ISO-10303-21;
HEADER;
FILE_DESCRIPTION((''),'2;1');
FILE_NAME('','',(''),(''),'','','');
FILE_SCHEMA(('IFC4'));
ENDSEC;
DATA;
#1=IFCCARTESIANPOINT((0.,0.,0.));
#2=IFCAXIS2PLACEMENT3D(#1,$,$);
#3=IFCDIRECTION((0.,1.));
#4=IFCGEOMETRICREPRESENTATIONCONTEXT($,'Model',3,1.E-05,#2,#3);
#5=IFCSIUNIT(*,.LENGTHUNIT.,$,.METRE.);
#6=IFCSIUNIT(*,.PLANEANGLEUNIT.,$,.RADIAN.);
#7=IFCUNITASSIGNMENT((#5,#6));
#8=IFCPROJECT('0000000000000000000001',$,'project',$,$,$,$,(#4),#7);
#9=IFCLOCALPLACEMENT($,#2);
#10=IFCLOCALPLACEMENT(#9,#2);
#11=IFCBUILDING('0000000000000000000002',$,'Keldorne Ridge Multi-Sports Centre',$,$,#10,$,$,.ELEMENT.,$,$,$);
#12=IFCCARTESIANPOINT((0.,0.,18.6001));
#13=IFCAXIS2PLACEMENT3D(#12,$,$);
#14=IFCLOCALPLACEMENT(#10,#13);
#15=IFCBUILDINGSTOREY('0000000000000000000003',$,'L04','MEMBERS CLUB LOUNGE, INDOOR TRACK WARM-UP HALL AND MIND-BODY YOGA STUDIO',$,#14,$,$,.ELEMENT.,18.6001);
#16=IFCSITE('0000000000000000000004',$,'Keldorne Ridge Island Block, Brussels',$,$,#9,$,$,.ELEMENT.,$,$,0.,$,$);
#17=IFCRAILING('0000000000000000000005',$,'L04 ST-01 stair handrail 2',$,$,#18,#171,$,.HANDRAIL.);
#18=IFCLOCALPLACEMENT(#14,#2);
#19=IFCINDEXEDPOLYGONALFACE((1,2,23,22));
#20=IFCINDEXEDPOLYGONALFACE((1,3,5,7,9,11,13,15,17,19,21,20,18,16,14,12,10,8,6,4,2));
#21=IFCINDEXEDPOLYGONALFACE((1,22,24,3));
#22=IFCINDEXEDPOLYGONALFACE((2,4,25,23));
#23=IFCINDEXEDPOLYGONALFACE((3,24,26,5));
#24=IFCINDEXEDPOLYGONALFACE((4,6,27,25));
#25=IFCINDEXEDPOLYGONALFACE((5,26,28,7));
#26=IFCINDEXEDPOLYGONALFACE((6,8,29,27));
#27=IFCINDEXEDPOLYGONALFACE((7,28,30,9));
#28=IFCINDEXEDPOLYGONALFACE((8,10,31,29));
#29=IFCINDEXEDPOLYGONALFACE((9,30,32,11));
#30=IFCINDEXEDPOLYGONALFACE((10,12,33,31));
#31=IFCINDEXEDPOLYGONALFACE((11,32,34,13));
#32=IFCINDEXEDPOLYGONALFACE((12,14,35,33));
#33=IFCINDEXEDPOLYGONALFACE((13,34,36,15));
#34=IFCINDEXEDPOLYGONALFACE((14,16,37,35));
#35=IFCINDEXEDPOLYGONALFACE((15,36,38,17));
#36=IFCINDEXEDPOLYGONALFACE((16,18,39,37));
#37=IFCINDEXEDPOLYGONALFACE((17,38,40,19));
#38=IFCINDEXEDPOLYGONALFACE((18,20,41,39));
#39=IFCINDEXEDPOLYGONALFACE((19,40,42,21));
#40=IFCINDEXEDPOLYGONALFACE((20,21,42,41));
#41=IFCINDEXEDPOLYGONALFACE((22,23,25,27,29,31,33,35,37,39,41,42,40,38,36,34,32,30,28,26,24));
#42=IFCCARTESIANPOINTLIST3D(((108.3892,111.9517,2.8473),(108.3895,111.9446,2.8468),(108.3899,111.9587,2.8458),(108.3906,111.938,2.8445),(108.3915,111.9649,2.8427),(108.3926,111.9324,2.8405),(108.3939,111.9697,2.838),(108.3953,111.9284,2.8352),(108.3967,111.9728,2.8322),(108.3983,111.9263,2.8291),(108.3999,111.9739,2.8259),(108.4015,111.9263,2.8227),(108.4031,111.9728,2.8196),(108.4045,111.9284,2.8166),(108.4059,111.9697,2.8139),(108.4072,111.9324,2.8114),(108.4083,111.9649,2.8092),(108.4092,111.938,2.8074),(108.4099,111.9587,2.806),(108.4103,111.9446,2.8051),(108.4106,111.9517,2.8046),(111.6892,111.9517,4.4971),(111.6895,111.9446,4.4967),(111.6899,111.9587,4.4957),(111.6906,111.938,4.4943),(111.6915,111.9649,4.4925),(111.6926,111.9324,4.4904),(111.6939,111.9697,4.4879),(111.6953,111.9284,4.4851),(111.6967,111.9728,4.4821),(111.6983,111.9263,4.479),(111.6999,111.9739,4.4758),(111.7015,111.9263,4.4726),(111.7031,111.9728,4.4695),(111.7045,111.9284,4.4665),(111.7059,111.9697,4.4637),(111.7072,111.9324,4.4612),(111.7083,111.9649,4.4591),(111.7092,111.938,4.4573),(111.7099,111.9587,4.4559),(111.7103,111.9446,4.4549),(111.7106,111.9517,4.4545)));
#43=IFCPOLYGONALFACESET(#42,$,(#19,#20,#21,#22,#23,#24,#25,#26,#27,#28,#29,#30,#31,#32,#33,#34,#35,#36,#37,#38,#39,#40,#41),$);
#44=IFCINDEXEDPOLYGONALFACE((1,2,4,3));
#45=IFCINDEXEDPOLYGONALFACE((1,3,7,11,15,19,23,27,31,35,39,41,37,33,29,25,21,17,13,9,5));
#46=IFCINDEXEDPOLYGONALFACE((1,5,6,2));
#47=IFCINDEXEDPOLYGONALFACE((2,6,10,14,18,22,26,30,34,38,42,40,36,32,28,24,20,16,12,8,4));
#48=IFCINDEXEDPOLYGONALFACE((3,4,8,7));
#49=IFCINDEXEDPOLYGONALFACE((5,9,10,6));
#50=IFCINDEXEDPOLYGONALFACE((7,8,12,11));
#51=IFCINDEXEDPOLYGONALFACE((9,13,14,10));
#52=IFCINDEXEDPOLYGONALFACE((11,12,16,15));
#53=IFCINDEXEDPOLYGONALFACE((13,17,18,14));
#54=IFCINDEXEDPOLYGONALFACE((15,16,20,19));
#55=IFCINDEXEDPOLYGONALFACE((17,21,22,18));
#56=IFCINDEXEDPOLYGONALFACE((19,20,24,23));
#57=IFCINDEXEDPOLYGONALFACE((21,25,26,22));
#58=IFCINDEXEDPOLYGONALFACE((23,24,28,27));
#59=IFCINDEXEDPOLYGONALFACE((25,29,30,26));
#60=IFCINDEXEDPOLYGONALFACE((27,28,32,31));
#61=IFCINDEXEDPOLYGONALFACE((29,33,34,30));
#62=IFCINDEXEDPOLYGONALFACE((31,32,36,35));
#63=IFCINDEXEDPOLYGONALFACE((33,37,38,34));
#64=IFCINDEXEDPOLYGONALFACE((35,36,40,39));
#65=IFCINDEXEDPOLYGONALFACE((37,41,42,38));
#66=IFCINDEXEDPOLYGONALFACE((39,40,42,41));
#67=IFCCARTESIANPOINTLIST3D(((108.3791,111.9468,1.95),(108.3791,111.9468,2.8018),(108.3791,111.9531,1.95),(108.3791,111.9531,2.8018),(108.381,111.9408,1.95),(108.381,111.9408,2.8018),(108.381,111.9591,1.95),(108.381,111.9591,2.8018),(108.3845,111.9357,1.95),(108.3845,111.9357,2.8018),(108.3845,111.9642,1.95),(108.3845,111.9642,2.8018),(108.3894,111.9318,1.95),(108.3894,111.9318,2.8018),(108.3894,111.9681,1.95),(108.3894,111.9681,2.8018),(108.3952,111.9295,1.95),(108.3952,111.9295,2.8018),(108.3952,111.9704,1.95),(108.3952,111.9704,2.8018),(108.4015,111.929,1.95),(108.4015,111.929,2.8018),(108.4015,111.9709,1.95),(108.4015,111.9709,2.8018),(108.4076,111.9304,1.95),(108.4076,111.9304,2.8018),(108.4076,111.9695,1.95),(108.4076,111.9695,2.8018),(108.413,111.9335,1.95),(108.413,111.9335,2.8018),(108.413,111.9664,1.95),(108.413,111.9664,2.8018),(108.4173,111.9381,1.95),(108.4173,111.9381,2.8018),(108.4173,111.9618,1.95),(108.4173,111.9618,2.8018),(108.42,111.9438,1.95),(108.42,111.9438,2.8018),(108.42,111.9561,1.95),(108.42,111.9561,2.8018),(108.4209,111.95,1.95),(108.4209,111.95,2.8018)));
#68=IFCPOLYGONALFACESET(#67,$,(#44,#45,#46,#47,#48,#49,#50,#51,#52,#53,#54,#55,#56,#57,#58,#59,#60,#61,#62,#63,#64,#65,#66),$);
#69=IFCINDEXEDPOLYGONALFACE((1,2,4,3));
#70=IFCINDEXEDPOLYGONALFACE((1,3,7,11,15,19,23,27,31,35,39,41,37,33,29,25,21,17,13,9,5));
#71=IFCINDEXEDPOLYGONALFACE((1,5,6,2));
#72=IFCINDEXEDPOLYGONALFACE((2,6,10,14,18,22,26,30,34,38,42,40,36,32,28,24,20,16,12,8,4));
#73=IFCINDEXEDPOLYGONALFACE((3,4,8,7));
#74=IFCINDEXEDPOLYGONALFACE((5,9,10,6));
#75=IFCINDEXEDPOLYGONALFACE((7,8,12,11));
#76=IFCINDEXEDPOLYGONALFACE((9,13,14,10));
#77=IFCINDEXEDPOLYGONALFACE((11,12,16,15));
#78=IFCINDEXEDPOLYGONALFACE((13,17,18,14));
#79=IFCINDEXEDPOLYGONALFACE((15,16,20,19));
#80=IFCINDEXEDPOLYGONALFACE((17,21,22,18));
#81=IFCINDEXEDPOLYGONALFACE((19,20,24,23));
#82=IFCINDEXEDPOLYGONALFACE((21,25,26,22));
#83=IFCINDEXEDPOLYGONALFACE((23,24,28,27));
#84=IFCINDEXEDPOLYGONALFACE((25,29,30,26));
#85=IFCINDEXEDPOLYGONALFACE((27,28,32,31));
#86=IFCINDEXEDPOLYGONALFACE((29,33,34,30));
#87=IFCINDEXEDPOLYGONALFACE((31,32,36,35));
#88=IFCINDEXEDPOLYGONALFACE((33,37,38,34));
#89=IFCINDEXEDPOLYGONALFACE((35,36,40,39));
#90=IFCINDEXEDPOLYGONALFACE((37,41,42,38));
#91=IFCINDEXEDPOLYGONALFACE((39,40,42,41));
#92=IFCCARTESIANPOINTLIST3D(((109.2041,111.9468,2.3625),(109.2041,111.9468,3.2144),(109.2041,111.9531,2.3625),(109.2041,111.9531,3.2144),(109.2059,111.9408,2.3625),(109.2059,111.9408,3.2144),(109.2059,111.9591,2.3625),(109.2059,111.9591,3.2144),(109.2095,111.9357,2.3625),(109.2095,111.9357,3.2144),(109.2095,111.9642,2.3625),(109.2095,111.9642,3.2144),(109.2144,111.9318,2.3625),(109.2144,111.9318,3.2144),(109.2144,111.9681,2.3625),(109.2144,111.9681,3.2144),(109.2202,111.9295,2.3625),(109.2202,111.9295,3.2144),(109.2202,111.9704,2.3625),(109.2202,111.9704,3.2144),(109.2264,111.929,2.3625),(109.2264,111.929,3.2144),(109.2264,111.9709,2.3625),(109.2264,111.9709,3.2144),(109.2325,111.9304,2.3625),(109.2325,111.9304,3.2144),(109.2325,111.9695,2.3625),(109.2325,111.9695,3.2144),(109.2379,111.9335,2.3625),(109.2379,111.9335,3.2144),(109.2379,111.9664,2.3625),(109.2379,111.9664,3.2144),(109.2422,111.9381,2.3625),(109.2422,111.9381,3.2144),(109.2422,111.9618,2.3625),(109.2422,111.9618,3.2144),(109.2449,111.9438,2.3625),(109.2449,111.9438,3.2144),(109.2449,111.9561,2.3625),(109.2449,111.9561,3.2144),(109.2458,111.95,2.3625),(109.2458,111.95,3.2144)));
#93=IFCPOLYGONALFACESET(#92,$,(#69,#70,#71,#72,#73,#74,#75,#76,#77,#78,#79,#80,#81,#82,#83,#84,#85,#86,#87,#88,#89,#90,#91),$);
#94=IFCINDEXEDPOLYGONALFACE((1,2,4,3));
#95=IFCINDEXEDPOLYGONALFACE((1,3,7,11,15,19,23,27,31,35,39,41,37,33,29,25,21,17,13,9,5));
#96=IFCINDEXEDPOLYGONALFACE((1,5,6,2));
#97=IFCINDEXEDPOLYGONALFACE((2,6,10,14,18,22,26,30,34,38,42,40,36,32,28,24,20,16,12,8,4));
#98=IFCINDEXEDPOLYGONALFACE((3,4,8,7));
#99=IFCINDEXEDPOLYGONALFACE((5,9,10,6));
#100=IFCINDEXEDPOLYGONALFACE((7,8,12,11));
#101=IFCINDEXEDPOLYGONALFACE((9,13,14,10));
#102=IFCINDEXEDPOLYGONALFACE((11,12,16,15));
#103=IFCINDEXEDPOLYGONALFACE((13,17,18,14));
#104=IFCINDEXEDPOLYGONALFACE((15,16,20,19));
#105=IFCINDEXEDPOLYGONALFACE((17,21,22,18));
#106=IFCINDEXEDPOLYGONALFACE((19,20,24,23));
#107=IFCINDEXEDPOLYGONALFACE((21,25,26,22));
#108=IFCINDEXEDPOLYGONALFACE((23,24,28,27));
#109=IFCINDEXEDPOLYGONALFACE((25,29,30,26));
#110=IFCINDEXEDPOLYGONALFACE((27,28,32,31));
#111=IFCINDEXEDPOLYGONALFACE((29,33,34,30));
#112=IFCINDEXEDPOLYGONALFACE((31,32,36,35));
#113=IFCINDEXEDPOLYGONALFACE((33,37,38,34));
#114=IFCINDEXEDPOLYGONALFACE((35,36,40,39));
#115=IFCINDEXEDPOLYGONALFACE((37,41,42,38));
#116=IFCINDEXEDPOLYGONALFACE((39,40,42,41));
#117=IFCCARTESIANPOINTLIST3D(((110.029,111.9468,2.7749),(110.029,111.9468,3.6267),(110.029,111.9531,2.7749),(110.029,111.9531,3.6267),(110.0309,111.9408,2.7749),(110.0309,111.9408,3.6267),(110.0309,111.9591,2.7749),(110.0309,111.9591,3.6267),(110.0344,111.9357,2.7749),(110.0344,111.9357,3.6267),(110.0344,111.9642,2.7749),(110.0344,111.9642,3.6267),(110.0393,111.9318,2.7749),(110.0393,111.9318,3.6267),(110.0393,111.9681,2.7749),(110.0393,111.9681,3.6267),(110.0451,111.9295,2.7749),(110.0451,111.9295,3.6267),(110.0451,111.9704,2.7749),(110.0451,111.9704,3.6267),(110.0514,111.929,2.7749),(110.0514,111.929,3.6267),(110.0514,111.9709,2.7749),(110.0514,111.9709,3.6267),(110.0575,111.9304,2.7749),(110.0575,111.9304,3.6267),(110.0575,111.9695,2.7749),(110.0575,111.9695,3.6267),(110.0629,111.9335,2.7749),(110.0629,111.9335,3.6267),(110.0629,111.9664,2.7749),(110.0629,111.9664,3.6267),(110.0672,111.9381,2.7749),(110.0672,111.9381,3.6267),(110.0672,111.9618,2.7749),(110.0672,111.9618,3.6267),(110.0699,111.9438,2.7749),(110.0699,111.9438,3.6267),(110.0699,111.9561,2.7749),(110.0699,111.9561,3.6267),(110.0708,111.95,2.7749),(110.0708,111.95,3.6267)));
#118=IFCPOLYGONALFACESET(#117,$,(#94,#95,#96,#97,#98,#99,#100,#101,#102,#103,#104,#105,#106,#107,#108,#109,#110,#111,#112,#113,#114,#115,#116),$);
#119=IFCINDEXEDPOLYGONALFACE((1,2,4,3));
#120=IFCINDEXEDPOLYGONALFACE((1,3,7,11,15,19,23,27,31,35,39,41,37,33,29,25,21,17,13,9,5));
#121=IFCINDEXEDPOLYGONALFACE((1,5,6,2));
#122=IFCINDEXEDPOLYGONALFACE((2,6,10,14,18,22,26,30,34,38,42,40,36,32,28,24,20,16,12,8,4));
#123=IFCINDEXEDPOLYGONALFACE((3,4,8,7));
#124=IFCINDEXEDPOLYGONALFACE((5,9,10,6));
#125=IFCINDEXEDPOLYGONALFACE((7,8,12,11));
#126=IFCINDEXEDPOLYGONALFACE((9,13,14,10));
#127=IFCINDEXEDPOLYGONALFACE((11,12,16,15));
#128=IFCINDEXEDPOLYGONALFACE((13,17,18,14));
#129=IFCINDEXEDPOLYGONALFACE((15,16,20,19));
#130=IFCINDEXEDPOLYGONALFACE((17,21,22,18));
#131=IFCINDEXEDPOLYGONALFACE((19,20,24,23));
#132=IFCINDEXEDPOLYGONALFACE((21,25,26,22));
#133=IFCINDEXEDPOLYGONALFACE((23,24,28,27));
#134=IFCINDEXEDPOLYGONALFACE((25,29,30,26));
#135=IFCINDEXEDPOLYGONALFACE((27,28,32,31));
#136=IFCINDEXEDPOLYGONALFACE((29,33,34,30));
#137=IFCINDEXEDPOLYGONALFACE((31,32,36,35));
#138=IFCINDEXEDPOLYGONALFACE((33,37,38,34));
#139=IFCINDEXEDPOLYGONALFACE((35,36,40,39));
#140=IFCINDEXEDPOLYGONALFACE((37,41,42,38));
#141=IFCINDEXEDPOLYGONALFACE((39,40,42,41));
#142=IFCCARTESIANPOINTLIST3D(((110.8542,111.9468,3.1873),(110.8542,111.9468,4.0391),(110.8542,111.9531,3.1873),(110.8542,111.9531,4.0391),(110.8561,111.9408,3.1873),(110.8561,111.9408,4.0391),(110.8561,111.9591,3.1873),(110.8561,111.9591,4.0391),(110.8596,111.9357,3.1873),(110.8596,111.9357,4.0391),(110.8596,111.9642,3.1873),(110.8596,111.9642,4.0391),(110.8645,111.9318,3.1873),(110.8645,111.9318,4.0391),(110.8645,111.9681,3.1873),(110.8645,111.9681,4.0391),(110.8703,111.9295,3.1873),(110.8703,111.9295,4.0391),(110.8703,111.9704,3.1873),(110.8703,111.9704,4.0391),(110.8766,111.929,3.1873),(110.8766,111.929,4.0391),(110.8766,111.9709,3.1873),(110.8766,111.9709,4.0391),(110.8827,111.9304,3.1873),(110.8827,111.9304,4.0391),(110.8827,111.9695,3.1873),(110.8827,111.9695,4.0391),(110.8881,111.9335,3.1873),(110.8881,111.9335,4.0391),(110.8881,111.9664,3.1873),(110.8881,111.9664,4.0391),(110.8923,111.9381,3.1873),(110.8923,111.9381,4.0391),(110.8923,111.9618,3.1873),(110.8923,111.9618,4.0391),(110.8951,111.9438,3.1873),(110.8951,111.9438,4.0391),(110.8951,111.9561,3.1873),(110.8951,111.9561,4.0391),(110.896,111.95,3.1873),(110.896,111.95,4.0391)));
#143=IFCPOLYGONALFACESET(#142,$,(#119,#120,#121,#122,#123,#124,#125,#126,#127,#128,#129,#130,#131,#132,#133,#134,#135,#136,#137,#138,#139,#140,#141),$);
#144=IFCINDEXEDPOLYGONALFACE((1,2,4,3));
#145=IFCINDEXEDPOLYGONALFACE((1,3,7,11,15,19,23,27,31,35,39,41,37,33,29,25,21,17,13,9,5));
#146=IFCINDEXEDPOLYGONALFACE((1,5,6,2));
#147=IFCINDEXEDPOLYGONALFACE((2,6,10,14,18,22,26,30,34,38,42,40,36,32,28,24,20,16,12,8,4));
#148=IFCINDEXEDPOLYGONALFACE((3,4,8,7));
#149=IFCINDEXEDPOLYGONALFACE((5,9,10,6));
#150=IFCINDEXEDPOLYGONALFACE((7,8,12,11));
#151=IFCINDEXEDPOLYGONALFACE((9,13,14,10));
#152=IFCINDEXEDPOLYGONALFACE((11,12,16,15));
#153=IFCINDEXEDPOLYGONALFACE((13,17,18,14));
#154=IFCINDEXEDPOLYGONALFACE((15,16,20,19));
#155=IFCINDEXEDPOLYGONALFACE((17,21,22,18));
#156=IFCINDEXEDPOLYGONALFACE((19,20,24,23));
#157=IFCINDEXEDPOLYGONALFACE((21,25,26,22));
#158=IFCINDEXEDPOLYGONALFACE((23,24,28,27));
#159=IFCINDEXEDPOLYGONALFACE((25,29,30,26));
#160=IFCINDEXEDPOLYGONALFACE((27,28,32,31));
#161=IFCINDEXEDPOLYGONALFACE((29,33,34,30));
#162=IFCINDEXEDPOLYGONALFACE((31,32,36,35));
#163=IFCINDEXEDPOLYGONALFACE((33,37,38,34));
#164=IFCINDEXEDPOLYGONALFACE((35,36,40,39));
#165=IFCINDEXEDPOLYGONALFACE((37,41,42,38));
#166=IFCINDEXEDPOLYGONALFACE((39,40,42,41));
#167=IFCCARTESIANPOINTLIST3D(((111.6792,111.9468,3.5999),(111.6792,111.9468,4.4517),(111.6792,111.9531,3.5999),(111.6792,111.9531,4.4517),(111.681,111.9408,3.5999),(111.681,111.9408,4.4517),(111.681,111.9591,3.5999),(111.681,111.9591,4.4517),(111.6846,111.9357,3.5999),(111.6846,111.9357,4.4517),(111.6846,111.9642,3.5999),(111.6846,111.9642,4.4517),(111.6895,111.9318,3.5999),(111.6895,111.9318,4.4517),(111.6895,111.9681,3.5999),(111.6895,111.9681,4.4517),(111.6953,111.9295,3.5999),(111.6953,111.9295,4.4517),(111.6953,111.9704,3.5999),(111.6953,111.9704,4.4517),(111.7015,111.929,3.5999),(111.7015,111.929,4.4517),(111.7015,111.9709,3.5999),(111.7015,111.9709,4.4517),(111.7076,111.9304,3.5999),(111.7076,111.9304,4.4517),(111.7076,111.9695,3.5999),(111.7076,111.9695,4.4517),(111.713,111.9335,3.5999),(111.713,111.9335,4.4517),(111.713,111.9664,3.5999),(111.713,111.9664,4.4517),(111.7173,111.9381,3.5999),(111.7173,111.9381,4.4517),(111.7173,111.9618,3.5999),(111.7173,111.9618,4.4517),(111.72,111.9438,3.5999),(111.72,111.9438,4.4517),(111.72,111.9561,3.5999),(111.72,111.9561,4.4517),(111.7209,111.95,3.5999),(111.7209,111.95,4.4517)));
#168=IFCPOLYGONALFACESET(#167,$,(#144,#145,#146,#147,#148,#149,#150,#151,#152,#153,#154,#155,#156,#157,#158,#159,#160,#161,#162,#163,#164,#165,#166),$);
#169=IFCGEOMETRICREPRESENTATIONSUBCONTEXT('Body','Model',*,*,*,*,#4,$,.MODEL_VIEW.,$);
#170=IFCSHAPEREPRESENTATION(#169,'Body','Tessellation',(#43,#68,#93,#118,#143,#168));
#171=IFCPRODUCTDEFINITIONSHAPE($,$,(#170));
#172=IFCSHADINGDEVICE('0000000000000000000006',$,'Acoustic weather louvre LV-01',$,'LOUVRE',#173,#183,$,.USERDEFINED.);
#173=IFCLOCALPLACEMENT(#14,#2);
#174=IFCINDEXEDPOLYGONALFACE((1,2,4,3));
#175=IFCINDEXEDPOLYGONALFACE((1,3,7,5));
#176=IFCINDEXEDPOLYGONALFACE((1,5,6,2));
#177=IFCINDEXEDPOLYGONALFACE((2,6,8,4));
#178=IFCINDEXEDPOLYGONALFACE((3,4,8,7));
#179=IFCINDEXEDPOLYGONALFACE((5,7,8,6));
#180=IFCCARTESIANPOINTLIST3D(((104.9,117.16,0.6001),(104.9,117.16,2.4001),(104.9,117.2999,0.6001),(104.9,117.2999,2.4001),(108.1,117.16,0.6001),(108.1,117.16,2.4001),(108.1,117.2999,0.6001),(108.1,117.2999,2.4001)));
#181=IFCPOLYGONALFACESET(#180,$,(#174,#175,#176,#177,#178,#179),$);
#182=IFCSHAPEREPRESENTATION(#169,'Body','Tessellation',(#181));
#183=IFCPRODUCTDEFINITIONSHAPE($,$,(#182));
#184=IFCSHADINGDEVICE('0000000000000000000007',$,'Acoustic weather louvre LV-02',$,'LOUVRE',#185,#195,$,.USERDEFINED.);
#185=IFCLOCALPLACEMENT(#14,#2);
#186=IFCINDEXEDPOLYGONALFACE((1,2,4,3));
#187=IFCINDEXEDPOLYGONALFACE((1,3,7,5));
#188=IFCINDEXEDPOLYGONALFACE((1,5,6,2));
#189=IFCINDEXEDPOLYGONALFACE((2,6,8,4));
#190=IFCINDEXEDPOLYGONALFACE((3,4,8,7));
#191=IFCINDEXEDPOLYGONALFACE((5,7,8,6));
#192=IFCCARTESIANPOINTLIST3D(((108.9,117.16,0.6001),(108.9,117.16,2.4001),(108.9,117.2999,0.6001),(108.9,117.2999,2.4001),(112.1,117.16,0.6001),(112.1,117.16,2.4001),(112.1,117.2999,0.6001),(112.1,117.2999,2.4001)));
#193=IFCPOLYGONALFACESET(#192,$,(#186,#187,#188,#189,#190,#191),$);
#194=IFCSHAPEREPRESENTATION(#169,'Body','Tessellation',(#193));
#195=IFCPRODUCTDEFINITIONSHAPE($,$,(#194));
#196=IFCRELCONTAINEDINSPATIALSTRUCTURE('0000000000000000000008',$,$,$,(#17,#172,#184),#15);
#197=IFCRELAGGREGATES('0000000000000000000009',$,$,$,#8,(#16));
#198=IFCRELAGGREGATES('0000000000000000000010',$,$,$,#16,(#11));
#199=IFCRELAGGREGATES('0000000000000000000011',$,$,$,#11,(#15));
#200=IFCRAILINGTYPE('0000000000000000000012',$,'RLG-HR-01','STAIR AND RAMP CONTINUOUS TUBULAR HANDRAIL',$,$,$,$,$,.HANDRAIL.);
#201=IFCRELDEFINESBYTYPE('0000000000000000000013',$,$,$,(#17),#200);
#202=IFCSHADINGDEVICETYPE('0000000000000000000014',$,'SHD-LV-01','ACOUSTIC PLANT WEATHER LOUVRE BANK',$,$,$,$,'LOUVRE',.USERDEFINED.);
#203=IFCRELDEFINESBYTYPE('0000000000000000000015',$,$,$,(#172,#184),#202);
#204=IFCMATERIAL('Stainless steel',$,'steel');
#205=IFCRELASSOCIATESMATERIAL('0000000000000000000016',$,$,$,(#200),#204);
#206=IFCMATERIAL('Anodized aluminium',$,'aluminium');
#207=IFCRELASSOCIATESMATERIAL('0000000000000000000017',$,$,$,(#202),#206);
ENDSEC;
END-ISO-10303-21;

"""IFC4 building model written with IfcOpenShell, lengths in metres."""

from ifc_helpers import new_model, si_unit, direction, frame, origin, origin_2d, place, context, subcontext, project, spatial, rectangle, circle, extrude, material, type_object, element, save


model = new_model("IFC4")

# Units and contexts
model_context = context("Model", 3, precision=1e-05, world=origin(), true_north=direction((0.0, 1.0)))
body_context = subcontext(model_context, "Body", "Model", "MODEL_VIEW")
ifc_project = project(units=[si_unit("LENGTHUNIT", "METRE"), si_unit("PLANEANGLEUNIT", "RADIAN")], contexts=[model_context])

# Site, building, storey
site_placement = place(None, origin())
site = spatial("IfcSite", under=ifc_project, at=site_placement, Name="Keldorne Ridge Island Block, Brussels", CompositionType="ELEMENT", RefElevation=0.0)
building_placement = place(site_placement, origin())
building = spatial("IfcBuilding", under=site, at=building_placement, Name="Keldorne Ridge Multi-Sports Centre", CompositionType="ELEMENT")
storey_placement = place(building_placement, frame((0.0, 0.0, 18.6001)))
storey = spatial("IfcBuildingStorey", under=building, at=storey_placement, Name="L04", Description="MEMBERS CLUB LOUNGE, INDOOR TRACK WARM-UP HALL AND MIND-BODY YOGA STUDIO", CompositionType="ELEMENT", Elevation=18.6001)

# Shared definitions
ifc_material_1 = material(Name="Stainless steel", Category="steel")

# Railing
railing_type_1 = type_object("IfcRailingType", Name="RLG-HR-01", Description="STAIR AND RAMP CONTINUOUS TUBULAR HANDRAIL", PredefinedType="HANDRAIL", material=ifc_material_1)
railing_1_placement = place(storey_placement, frame((108.3999, 111.95, 1.95)))
element("IfcRailing", 1, at=railing_1_placement, inside=storey, type_object=railing_type_1, Name="L04 ST-01 stair handrail 2", PredefinedType="HANDRAIL", context=body_context, shape_type="SweptSolid", body=[
    extrude(circle(Radius=0.0239, at=origin_2d()), frame((0.0, 0.0, 0.876), z_axis=(0.89444, 0.0, 0.447187), x_axis=(0.0, 1.0, 0.0)), (0.0, 0.0, 1.0), 3.6895),
    extrude(circle(Radius=0.021, at=origin_2d()), origin(), (0.0, 0.0, 1.0), 0.8518),
    extrude(circle(Radius=0.021, at=origin_2d()), frame((0.825, 0.0, 0.4126)), (0.0, 0.0, 1.0), 0.8518),
    extrude(circle(Radius=0.021, at=origin_2d()), frame((1.6499, 0.0, 0.825)), (0.0, 0.0, 1.0), 0.8518),
    extrude(circle(Radius=0.021, at=origin_2d()), frame((2.4751, 0.0, 1.2373)), (0.0, 0.0, 1.0), 0.8518),
    extrude(circle(Radius=0.021, at=origin_2d()), frame((3.3, 0.0, 1.6499)), (0.0, 0.0, 1.0), 0.8518),
])

# Shading devices
ifc_material_2 = material(Name="Anodized aluminium", Category="aluminium")
shading_device_type = type_object("IfcShadingDeviceType", Name="SHD-LV-01", Description="ACOUSTIC PLANT WEATHER LOUVRE BANK", ElementType="LOUVRE", PredefinedType="USERDEFINED", material=ifc_material_2)
for number, where, z_axis, x_axis, name in (
    (2, (106.5, 117.23, 0.6001), (0.0, 0.0, 1.0), (1.0, 0.0, 0.0), "Acoustic weather louvre LV-01"),
    (3, (110.5, 117.23, 0.6001), (0.0, 0.0, 1.0), (1.0, 0.0, 0.0), "Acoustic weather louvre LV-02"),
):
    element("IfcShadingDevice", number, at=place(storey_placement, frame(where, z_axis=z_axis, x_axis=x_axis)), inside=storey, type_object=shading_device_type, Name=name, ObjectType="LOUVRE", PredefinedType="USERDEFINED", context=body_context, shape_type="SweptSolid", body=[
        extrude(rectangle(XDim=3.2, YDim=0.1399, at=origin_2d()), origin(), (0.0, 0.0, 1.0), 1.8),
    ])

save(model, "model.ifc")
